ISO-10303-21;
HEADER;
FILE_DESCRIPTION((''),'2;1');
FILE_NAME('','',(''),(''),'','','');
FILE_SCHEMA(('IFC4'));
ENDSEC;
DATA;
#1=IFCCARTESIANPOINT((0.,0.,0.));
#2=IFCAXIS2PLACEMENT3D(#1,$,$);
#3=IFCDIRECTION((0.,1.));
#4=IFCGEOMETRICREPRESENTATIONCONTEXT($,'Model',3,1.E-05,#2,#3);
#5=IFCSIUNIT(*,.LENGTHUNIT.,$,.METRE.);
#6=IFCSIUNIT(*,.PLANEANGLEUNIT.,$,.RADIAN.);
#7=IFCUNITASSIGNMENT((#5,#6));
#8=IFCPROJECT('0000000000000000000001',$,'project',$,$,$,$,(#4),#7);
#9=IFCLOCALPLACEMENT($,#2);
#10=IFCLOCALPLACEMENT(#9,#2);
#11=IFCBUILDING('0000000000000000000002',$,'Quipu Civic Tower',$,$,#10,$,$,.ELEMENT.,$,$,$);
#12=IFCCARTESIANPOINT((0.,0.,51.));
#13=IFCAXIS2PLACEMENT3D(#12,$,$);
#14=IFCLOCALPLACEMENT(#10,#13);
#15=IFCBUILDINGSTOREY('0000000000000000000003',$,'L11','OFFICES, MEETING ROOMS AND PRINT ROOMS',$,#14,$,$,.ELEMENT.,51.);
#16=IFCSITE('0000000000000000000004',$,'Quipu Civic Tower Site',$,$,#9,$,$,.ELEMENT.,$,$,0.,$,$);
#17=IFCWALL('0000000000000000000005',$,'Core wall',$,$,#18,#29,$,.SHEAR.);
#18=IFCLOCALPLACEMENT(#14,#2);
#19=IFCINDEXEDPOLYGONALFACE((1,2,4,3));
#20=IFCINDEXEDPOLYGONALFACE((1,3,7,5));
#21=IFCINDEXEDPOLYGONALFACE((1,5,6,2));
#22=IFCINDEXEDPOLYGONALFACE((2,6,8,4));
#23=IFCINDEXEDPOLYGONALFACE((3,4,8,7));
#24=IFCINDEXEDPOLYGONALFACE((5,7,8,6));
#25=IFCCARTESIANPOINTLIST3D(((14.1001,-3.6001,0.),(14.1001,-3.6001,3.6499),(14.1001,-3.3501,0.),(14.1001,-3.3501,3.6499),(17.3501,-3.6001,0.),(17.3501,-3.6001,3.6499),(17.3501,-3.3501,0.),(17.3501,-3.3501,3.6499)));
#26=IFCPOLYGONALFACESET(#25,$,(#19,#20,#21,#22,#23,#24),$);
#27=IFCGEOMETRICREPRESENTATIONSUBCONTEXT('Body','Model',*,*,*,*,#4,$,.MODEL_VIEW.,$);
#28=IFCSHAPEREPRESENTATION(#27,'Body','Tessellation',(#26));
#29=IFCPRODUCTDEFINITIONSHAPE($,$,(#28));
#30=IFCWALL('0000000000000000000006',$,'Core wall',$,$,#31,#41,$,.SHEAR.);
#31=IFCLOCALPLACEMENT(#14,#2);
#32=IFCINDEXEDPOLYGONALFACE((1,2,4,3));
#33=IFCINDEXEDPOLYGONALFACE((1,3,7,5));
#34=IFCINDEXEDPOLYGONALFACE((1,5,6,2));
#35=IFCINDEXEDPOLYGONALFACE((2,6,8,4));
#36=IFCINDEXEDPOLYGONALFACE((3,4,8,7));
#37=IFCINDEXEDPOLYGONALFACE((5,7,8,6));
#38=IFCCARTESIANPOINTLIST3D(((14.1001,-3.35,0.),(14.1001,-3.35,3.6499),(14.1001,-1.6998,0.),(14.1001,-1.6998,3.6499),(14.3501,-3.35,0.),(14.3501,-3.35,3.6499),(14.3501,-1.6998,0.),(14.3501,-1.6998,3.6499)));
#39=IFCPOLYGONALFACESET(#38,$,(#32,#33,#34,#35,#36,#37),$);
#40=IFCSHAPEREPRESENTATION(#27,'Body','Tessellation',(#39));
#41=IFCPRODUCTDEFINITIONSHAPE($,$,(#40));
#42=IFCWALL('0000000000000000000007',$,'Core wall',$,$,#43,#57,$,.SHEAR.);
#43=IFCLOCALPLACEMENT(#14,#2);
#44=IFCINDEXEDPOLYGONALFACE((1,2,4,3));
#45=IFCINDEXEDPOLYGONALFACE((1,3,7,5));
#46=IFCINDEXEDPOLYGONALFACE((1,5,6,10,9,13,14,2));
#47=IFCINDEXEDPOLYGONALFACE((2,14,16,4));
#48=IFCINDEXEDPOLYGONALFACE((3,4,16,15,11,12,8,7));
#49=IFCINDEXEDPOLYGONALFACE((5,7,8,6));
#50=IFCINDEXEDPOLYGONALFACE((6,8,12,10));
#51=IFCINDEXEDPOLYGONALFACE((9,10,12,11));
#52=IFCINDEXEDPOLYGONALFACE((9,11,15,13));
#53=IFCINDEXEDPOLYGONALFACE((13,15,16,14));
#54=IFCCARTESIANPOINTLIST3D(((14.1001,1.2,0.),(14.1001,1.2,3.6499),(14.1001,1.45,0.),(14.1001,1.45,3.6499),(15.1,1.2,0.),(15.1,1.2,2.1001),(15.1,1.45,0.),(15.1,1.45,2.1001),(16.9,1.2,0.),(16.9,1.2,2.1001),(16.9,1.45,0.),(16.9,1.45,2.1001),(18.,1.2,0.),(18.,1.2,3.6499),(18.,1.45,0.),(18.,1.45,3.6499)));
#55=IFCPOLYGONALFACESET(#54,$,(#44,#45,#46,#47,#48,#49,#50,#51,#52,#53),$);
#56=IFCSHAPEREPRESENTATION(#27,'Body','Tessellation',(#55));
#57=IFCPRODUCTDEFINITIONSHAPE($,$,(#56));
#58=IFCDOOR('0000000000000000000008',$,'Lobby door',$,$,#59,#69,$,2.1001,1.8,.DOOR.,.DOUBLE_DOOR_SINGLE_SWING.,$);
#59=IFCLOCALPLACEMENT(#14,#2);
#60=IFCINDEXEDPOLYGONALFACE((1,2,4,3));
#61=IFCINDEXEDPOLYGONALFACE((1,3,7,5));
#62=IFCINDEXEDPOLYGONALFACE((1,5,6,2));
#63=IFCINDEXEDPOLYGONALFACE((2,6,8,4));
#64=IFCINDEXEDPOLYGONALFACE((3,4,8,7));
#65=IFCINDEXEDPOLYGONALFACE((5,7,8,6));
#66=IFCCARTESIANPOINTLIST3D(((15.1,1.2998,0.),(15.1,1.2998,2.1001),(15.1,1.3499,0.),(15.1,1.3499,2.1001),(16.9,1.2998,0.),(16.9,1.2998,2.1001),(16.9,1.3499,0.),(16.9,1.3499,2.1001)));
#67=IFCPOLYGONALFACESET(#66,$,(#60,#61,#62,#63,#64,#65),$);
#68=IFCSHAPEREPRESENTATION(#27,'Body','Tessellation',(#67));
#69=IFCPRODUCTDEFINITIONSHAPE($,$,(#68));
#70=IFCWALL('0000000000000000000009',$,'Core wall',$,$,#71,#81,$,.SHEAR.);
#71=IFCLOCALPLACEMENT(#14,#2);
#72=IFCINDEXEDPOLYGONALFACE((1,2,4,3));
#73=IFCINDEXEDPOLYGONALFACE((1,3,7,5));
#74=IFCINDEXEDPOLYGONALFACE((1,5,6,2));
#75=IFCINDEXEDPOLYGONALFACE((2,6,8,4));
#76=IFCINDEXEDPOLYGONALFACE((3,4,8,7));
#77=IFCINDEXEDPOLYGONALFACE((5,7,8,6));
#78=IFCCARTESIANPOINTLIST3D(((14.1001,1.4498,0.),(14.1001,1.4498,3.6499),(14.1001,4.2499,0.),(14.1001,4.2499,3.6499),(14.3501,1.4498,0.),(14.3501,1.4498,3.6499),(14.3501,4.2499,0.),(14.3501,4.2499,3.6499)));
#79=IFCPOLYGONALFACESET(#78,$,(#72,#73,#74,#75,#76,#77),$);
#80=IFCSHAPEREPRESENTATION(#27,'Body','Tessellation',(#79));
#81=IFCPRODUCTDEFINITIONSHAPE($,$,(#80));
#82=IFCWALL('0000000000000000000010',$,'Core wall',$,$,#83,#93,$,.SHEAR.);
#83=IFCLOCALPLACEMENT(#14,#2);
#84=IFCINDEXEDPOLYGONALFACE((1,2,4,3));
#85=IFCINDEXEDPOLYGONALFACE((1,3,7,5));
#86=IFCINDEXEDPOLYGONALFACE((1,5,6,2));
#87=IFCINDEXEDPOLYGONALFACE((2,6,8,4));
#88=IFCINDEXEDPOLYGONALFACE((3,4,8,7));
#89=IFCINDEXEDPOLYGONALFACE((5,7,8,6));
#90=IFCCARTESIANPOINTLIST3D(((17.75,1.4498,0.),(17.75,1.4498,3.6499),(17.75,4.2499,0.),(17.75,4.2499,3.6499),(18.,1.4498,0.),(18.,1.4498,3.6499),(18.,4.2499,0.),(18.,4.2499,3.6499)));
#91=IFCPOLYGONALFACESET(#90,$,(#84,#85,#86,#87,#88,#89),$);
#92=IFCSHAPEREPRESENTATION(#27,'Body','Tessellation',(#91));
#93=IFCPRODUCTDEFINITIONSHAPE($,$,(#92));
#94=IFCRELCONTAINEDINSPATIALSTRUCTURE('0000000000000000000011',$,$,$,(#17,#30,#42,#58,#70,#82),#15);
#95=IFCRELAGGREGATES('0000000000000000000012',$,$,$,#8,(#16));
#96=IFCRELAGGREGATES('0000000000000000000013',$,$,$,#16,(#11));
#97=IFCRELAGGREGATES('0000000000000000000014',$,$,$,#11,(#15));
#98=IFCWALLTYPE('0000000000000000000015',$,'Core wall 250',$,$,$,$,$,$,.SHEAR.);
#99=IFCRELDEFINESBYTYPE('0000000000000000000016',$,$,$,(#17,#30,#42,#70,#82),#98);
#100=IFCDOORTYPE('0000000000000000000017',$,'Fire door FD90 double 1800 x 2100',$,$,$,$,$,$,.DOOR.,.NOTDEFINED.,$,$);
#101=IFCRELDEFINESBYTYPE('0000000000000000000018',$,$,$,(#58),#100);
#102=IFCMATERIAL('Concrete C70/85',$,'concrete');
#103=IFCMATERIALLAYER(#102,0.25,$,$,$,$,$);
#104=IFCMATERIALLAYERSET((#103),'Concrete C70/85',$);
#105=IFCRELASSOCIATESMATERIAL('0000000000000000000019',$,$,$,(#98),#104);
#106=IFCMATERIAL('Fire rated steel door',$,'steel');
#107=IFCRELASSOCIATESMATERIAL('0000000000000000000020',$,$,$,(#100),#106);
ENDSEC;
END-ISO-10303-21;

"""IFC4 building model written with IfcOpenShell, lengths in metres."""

from ifc_helpers import new_model, si_unit, direction, frame, frame_2d, origin, place, context, subcontext, project, spatial, rectangle, extrude, material, layer, layer_set, type_object, element, fill, save


model = new_model("IFC4")

# Units and contexts
model_context = context("Model", 3, precision=1e-05, world=origin(), true_north=direction((0.0, 1.0)))
body_context = subcontext(model_context, "Body", "Model", "MODEL_VIEW")
ifc_project = project(units=[si_unit("LENGTHUNIT", "METRE"), si_unit("PLANEANGLEUNIT", "RADIAN")], contexts=[model_context])

# Site, building, storey
site_placement = place(None, origin())
site = spatial("IfcSite", under=ifc_project, at=site_placement, Name="Quipu Civic Tower Site", CompositionType="ELEMENT", RefElevation=0.0)
building_placement = place(site_placement, origin())
building = spatial("IfcBuilding", under=site, at=building_placement, Name="Quipu Civic Tower", CompositionType="ELEMENT")
storey_placement = place(building_placement, frame((0.0, 0.0, 51.0)))
storey = spatial("IfcBuildingStorey", under=building, at=storey_placement, Name="L11", Description="OFFICES, MEETING ROOMS AND PRINT ROOMS", CompositionType="ELEMENT", Elevation=51.0)

# Walls
ifc_material_1 = material(Name="Concrete C70/85", Category="concrete")
ifc_layer_1 = layer(ifc_material_1, 0.25)
ifc_layer_set_1 = layer_set([ifc_layer_1], Name="Concrete C70/85")
wall_type_1 = type_object("IfcWallType", Name="Core wall 250", PredefinedType="SHEAR", material=ifc_layer_set_1)
wall_1_placement = place(storey_placement, frame((14.1001, -3.4751, 0.0), z_axis=(0.0, 0.0, 1.0), x_axis=(1.0, 0.0, 0.0)))
element("IfcWall", 1, at=wall_1_placement, inside=storey, type_object=wall_type_1, Name="Core wall", PredefinedType="SHEAR", context=body_context, shape_type="SweptSolid", body=[
    extrude(rectangle(XDim=3.25, YDim=0.25, at=frame_2d((1.625, 0.0))), origin(), (0.0, 0.0, 1.0), 3.6499),
])
wall_2_placement = place(storey_placement, frame((14.2251, -3.3501, 0.0), z_axis=(0.0, 0.0, 1.0), x_axis=(0.0, 1.0, 0.0)))
element("IfcWall", 2, at=wall_2_placement, inside=storey, type_object=wall_type_1, Name="Core wall", PredefinedType="SHEAR", context=body_context, shape_type="SweptSolid", body=[
    extrude(rectangle(XDim=1.6501, YDim=0.25, at=frame_2d((0.8252, 0.0))), origin(), (0.0, 0.0, 1.0), 3.6499),
])

# Wall, opening, door
wall_3_placement = place(storey_placement, frame((14.1001, 1.325, 0.0), z_axis=(0.0, 0.0, 1.0), x_axis=(1.0, 0.0, 0.0)))
wall_3 = element("IfcWall", 3, at=wall_3_placement, inside=storey, type_object=wall_type_1, Name="Core wall", PredefinedType="SHEAR", context=body_context, shape_type="SweptSolid", body=[
    extrude(rectangle(XDim=3.8999, YDim=0.25, at=frame_2d((1.95, 0.0))), origin(), (0.0, 0.0, 1.0), 3.6499),
])
opening_1_placement = place(wall_3_placement, frame((1.0, 0.0, 0.0)))
opening_1 = element("IfcOpeningElement", 4, at=opening_1_placement, cuts=wall_3, PredefinedType="OPENING", context=body_context, shape_type="SweptSolid", body=[
    extrude(rectangle(XDim=1.8, YDim=2.1001, at=frame_2d((0.8999, 1.05))), frame((0.0, 0.135, 0.0), z_axis=(0.0, -1.0, 0.0), x_axis=(1.0, 0.0, 0.0)), (0.0, 0.0, 1.0), 0.27),
])
ifc_material_2 = material(Name="Fire rated steel door", Category="steel")
door_type_1 = type_object("IfcDoorType", Name="Fire door FD90 double 1800 x 2100", OperationType="NOTDEFINED", PredefinedType="DOOR", material=ifc_material_2)
door_1_placement = place(opening_1_placement, origin())
door_1 = element("IfcDoor", 5, at=door_1_placement, inside=storey, type_object=door_type_1, Name="Lobby door", OperationType="DOUBLE_DOOR_SINGLE_SWING", OverallHeight=2.1001, OverallWidth=1.8, PredefinedType="DOOR", context=body_context, shape_type="SweptSolid", body=[
    extrude(rectangle(XDim=1.8, YDim=2.1001, at=frame_2d((0.8999, 1.05))), frame((0.0, 0.0249, 0.0), z_axis=(0.0, -1.0, 0.0), x_axis=(1.0, 0.0, 0.0)), (0.0, 0.0, 1.0), 0.05),
])
fill(opening_1, door_1)

# Walls
for number, where, z_axis, x_axis, name in (
    (6, (14.2251, 1.45, 0.0), (0.0, 0.0, 1.0), (0.0, 1.0, 0.0), "Core wall"),
    (7, (17.875, 1.45, 0.0), (0.0, 0.0, 1.0), (0.0, 1.0, 0.0), "Core wall"),
):
    element("IfcWall", number, at=place(storey_placement, frame(where, z_axis=z_axis, x_axis=x_axis)), inside=storey, type_object=wall_type_1, Name=name, PredefinedType="SHEAR", context=body_context, shape_type="SweptSolid", body=[
        extrude(rectangle(XDim=2.8, YDim=0.25, at=frame_2d((1.3999, 0.0))), origin(), (0.0, 0.0, 1.0), 3.6499),
    ])

save(model, "model.ifc")
